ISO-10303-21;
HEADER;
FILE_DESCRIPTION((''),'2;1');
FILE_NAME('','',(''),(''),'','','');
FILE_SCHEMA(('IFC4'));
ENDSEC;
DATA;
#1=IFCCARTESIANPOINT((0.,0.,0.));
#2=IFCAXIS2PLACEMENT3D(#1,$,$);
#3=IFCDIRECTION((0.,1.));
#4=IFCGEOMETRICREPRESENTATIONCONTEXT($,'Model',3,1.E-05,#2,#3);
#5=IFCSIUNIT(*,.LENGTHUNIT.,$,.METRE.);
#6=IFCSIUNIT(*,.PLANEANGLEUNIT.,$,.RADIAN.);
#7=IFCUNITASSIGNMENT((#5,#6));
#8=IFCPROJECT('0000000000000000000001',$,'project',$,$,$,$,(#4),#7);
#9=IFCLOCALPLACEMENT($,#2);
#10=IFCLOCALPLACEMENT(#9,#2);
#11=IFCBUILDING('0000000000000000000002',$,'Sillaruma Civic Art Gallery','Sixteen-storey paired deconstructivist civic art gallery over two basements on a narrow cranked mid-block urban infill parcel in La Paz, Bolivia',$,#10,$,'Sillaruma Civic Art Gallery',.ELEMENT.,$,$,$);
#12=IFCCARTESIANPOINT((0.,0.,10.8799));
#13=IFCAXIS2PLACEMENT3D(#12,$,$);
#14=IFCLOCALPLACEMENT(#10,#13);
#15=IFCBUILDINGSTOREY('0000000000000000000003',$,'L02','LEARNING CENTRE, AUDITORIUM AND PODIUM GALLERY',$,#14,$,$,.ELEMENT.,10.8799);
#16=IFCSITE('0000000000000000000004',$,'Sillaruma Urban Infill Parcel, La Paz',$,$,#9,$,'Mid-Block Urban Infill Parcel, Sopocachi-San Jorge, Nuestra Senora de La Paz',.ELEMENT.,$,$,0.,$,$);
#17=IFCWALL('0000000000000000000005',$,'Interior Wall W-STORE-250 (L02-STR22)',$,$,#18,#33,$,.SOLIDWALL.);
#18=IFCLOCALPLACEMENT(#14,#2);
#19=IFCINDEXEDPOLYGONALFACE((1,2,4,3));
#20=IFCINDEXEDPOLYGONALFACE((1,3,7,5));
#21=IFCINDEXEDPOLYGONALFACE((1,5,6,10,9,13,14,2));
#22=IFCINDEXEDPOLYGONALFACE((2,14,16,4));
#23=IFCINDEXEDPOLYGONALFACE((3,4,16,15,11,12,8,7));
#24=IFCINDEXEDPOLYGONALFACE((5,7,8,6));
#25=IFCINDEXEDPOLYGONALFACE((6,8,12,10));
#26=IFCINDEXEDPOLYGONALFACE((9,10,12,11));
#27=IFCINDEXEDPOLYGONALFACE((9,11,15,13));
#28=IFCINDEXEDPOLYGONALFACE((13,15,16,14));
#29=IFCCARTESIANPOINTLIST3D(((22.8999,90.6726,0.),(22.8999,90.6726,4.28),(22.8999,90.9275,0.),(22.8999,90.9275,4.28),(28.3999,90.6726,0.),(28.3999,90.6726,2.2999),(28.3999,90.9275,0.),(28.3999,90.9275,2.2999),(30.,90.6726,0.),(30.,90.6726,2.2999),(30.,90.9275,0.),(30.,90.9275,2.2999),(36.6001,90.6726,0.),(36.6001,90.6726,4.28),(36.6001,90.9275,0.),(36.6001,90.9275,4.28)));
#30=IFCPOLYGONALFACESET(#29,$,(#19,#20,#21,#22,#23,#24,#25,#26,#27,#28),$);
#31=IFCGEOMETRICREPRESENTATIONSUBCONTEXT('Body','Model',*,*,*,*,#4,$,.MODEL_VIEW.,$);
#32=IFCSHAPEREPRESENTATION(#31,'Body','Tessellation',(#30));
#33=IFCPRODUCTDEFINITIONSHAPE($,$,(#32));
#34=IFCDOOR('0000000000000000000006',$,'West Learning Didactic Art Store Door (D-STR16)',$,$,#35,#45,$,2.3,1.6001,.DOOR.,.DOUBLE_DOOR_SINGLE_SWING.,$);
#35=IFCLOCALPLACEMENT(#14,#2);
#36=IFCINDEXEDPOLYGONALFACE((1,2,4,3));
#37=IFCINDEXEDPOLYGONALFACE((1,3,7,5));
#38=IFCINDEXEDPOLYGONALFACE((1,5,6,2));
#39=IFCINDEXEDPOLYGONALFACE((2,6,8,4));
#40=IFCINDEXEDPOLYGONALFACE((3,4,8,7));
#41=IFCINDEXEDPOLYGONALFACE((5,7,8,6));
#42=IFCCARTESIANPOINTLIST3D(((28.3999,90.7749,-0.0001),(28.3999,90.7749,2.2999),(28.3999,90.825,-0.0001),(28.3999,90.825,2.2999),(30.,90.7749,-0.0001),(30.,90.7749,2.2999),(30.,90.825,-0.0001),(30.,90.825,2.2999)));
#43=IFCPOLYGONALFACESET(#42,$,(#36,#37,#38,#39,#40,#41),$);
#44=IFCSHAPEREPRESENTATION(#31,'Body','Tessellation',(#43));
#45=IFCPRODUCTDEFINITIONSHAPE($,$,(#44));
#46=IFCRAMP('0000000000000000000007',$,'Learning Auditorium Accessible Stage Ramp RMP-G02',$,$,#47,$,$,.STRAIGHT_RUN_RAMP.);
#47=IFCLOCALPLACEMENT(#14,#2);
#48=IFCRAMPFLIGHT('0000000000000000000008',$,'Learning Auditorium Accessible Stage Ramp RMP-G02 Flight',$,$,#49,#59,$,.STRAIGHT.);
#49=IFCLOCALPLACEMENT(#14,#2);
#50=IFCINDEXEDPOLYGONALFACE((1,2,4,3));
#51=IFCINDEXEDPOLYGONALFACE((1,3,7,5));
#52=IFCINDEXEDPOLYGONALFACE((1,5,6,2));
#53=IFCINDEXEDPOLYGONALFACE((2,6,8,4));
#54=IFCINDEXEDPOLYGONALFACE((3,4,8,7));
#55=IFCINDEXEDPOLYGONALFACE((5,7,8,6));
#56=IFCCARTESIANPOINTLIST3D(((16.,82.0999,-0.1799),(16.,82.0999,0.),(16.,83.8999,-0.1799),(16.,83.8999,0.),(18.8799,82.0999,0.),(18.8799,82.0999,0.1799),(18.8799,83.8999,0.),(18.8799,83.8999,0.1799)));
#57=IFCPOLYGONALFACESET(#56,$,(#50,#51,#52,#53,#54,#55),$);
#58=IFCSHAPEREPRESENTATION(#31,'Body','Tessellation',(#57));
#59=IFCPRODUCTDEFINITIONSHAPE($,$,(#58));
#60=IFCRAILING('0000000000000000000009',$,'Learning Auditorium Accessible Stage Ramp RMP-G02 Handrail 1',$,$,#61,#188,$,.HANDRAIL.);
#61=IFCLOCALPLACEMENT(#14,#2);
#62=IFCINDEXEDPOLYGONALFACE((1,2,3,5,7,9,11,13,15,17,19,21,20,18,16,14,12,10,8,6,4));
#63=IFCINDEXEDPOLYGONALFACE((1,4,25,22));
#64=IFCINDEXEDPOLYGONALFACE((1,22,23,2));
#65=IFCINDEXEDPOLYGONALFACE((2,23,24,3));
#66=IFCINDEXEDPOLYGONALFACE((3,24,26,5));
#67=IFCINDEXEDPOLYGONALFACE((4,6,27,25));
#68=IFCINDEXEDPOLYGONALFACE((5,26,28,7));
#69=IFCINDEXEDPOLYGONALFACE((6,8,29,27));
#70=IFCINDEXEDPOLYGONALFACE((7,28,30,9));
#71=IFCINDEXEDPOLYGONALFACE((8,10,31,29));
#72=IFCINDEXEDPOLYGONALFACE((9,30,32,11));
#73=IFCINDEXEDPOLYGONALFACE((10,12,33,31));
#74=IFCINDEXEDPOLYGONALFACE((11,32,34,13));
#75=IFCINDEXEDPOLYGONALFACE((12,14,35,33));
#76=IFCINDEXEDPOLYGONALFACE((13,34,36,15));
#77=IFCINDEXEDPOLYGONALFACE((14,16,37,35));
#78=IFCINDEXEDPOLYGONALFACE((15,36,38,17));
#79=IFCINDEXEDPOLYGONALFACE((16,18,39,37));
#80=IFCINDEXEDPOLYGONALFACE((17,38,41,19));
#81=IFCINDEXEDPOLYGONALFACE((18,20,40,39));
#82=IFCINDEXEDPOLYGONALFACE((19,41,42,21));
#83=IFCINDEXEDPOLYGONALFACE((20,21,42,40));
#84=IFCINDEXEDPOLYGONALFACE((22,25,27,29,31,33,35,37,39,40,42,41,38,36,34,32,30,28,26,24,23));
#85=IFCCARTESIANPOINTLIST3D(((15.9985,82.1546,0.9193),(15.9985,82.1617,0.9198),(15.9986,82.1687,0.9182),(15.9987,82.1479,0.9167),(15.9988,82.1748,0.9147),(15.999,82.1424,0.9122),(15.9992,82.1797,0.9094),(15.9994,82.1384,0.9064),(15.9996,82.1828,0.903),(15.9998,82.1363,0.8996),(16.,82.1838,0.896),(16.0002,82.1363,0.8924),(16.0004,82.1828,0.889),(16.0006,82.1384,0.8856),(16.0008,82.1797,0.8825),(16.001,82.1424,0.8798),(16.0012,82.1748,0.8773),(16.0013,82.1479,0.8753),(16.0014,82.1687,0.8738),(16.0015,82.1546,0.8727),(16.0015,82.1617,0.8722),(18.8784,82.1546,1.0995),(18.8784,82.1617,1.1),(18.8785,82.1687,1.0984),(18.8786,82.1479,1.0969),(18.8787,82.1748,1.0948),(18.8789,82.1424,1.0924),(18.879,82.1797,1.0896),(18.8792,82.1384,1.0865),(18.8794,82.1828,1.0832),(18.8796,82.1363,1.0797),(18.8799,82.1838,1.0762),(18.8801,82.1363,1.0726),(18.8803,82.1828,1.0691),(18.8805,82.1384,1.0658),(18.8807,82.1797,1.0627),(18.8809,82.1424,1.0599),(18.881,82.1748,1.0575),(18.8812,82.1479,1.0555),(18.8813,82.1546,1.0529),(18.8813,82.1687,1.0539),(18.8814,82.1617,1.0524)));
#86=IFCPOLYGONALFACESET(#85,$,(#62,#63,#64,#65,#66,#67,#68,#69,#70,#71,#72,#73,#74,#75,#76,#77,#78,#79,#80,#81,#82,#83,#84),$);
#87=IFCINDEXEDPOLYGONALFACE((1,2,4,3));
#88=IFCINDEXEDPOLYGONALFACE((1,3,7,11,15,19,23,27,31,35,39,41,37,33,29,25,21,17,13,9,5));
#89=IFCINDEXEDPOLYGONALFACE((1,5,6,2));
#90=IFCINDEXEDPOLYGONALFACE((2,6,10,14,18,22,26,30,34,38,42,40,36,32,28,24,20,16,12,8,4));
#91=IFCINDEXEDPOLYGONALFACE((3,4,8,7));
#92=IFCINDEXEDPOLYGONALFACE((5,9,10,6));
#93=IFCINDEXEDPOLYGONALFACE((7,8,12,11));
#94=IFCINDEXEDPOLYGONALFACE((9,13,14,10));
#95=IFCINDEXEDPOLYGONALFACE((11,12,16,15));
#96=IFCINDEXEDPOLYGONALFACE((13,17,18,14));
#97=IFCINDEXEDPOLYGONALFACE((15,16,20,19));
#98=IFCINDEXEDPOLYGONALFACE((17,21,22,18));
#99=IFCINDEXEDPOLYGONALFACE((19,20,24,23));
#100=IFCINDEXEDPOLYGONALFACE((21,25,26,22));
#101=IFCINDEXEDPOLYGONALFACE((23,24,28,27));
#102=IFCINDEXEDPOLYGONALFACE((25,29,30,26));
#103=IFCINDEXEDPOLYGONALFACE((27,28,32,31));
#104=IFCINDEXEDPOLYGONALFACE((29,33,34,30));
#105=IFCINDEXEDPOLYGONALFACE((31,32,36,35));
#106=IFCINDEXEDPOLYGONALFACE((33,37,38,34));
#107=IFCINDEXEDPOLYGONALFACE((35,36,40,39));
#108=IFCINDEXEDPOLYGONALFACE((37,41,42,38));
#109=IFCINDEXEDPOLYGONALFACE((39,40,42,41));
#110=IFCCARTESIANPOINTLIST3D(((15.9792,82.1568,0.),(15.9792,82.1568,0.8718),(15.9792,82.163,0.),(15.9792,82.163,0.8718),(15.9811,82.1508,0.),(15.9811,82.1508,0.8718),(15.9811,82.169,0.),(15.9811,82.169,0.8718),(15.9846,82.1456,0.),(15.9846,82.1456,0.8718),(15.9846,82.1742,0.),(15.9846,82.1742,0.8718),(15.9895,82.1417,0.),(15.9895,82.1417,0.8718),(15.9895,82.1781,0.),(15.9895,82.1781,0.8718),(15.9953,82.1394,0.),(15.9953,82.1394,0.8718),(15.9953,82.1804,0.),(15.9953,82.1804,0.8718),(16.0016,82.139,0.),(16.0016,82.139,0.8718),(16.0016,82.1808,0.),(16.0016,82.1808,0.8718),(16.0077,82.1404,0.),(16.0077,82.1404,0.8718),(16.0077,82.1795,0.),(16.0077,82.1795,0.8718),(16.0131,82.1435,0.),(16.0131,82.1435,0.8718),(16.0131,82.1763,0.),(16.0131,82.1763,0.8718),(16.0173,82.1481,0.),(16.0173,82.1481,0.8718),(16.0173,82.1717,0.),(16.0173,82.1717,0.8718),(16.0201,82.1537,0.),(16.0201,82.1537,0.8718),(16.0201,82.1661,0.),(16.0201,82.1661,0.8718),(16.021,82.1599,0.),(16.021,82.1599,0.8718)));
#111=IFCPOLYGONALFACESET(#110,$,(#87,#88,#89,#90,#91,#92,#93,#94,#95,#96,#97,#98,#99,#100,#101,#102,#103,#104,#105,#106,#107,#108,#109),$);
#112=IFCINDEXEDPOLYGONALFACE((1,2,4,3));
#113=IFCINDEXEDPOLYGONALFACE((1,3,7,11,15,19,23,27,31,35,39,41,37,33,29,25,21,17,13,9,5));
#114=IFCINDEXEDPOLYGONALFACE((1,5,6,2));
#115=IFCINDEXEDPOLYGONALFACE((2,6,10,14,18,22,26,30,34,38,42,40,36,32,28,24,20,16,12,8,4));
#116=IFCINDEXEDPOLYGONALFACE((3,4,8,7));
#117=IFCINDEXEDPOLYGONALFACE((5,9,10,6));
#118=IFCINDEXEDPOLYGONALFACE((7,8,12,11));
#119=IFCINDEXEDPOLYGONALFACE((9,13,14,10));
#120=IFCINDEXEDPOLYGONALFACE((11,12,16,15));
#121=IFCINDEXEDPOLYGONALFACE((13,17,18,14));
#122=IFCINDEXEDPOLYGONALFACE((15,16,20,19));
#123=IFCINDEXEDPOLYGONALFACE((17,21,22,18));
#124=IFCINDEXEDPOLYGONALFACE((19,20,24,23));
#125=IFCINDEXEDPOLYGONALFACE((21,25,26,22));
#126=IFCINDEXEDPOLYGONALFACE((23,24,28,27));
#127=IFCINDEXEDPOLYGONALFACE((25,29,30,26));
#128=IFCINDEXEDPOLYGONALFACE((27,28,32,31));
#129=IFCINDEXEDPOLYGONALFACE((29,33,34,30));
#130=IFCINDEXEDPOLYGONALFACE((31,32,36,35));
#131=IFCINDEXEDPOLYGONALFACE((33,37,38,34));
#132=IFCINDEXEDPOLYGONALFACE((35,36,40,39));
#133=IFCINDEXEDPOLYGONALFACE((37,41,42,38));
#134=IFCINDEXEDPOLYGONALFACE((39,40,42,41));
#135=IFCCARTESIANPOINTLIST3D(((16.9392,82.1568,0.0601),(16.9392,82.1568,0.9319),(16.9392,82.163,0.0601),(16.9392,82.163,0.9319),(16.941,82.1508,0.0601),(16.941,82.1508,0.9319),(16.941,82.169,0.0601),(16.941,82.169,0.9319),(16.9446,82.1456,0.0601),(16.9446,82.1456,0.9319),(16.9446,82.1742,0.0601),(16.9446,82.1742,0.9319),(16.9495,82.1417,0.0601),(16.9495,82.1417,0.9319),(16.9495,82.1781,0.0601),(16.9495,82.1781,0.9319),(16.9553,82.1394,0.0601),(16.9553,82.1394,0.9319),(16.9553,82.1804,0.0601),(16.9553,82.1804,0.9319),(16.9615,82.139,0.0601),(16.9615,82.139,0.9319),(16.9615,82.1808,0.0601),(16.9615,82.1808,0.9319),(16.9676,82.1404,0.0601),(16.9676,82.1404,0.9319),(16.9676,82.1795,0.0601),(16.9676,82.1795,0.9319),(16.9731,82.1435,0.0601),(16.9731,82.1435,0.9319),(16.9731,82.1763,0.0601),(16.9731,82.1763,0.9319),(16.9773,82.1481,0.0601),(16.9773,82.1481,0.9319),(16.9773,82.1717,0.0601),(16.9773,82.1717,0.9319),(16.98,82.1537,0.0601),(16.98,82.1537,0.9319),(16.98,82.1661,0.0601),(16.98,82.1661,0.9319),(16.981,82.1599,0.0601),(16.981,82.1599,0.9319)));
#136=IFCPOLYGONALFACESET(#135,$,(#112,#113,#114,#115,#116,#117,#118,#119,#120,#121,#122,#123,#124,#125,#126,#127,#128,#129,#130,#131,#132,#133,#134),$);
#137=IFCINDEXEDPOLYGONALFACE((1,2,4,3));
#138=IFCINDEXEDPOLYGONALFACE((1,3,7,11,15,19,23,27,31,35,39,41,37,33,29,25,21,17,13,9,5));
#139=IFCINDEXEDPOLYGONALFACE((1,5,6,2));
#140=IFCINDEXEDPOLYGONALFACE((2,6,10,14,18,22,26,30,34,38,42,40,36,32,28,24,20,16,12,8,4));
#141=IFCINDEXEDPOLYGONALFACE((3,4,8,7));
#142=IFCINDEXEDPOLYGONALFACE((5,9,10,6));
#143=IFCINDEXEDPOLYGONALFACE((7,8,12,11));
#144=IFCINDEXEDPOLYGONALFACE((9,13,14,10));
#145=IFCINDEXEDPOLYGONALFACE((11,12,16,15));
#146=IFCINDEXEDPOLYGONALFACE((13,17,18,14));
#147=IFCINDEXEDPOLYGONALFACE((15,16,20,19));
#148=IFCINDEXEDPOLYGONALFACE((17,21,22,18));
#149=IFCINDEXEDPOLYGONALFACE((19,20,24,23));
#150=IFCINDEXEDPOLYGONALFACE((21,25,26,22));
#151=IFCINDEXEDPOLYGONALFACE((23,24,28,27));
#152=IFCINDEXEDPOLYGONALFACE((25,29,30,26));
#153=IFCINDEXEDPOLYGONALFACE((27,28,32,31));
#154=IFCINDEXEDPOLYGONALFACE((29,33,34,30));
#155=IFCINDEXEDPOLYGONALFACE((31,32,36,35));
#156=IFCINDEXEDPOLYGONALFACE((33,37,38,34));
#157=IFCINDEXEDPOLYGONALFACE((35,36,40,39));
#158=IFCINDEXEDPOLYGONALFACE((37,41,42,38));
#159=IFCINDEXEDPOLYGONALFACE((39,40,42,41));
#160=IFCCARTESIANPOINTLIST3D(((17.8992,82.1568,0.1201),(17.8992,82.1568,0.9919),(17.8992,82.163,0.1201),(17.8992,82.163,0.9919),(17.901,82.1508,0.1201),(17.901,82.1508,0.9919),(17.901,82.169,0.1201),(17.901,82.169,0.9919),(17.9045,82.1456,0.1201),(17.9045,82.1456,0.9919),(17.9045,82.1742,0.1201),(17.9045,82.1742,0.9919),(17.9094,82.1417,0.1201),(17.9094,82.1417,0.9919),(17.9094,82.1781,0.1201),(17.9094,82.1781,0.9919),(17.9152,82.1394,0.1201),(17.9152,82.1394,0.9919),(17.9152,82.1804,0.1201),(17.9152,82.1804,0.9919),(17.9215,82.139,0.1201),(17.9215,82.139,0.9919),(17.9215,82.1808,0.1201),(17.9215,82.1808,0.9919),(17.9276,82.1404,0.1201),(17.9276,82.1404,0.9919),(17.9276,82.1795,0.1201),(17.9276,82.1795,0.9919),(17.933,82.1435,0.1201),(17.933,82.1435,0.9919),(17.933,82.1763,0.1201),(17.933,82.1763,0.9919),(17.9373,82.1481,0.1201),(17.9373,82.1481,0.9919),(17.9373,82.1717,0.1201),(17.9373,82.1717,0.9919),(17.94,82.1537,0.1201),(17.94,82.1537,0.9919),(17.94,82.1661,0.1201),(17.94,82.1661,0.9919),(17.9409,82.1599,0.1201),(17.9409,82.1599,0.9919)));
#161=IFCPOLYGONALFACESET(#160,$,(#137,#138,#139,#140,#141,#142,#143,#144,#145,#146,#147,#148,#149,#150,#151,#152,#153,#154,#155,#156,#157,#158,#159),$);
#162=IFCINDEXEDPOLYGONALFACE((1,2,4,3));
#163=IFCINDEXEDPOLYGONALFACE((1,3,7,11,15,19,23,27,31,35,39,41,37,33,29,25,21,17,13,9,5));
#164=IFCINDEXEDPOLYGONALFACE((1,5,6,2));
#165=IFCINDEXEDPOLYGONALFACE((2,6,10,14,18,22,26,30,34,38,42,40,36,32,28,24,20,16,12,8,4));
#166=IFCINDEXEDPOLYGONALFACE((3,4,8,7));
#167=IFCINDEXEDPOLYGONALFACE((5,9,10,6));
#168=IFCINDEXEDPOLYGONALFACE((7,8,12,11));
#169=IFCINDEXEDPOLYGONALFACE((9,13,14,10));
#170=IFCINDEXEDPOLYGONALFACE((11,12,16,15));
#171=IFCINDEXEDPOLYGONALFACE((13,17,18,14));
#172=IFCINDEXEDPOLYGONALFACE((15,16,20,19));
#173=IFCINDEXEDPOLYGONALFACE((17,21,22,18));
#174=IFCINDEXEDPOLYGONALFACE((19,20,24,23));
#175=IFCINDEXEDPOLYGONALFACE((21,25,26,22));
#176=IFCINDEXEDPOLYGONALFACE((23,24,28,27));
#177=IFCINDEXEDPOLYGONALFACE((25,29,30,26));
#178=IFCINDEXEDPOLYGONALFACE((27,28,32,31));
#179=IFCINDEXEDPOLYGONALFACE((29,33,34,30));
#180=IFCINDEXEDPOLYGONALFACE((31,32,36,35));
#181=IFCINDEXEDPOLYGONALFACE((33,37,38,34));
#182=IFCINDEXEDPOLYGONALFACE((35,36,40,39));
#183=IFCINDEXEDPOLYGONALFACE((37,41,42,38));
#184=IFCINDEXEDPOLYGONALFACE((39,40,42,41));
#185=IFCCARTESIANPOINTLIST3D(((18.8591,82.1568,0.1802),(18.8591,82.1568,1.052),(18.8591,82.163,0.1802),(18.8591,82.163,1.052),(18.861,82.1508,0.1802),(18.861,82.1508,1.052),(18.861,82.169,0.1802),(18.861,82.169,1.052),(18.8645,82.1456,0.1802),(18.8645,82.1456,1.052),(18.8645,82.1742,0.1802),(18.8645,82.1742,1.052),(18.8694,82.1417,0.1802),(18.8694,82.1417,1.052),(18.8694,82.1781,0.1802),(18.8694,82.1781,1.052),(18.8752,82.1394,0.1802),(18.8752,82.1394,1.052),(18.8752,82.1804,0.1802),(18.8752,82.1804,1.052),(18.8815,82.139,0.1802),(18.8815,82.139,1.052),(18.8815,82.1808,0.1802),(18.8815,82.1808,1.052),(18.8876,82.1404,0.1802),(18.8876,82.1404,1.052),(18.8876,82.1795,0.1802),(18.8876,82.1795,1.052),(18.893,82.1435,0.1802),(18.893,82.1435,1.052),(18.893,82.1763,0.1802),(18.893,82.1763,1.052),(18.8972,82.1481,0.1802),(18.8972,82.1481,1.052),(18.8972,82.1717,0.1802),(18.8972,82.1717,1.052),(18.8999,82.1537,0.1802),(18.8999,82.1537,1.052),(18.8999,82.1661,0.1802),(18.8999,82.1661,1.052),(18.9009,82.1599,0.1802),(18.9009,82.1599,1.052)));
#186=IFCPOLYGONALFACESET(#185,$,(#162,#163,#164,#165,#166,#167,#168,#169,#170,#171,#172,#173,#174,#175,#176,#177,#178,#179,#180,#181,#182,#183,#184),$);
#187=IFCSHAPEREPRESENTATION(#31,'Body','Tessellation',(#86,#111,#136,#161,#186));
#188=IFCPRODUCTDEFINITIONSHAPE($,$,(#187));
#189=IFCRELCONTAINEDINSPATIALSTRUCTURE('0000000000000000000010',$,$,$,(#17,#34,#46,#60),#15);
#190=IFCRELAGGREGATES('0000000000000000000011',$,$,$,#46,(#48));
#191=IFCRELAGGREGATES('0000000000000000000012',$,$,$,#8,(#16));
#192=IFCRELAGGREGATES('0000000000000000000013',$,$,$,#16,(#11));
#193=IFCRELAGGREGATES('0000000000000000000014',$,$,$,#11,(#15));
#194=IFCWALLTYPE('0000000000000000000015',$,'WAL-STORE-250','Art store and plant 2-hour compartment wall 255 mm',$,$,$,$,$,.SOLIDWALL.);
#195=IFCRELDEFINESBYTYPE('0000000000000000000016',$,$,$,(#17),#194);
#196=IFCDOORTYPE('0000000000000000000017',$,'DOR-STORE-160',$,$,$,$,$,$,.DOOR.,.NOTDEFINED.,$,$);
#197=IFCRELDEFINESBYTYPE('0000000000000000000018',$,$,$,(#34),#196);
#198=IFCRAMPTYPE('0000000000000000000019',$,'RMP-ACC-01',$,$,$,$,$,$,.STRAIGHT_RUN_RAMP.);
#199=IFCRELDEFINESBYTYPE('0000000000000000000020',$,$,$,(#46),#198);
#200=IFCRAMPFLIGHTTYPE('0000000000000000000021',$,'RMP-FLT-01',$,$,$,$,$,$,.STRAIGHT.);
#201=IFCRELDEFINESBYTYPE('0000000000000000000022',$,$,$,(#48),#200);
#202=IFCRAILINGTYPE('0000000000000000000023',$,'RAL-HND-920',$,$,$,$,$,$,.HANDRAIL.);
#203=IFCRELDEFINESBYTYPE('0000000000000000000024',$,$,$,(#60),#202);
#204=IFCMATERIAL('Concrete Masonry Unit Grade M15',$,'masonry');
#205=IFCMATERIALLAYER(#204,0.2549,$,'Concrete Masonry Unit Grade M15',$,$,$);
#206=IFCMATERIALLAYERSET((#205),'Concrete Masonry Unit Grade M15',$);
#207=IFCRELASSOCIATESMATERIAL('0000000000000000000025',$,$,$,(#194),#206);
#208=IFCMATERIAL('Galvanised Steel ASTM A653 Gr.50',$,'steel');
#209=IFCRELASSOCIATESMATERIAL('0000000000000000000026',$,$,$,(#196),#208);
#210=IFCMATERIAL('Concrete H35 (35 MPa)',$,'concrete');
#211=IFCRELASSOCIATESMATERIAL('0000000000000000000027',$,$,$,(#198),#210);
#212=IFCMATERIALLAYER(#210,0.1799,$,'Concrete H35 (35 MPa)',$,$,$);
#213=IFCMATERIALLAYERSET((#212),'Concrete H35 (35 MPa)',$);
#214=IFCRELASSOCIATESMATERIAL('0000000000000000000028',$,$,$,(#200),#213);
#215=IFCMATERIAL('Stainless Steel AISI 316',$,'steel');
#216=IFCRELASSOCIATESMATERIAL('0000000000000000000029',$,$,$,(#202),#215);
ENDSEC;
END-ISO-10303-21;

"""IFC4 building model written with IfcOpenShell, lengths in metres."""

from ifc_helpers import new_model, si_unit, direction, frame, frame_2d, origin, origin_2d, place, context, subcontext, project, spatial, polyline, rectangle, circle, outline, extrude, material, layer, layer_set, type_object, element, fill, aggregate, save


model = new_model("IFC4")

# Units and contexts
model_context = context("Model", 3, precision=1e-05, world=origin(), true_north=direction((0.0, 1.0)))
body_context = subcontext(model_context, "Body", "Model", "MODEL_VIEW")
ifc_project = project(units=[si_unit("LENGTHUNIT", "METRE"), si_unit("PLANEANGLEUNIT", "RADIAN")], contexts=[model_context])

# Site, building, storey
site_placement = place(None, origin())
site = spatial("IfcSite", under=ifc_project, at=site_placement, Name="Sillaruma Urban Infill Parcel, La Paz", LongName="Mid-Block Urban Infill Parcel, Sopocachi-San Jorge, Nuestra Senora de La Paz", CompositionType="ELEMENT", RefElevation=0.0)
building_placement = place(site_placement, origin())
building = spatial("IfcBuilding", under=site, at=building_placement, Name="Sillaruma Civic Art Gallery", Description="Sixteen-storey paired deconstructivist civic art gallery over two basements on a narrow cranked mid-block urban infill parcel in La Paz, Bolivia", LongName="Sillaruma Civic Art Gallery", CompositionType="ELEMENT")
storey_placement = place(building_placement, frame((0.0, 0.0, 10.8799)))
storey = spatial("IfcBuildingStorey", under=building, at=storey_placement, Name="L02", Description="LEARNING CENTRE, AUDITORIUM AND PODIUM GALLERY", CompositionType="ELEMENT", Elevation=10.8799)

# Shared definitions
ifc_material_1 = material(Name="Concrete H35 (35 MPa)", Category="concrete")

# Wall, opening, door
ifc_material_2 = material(Name="Concrete Masonry Unit Grade M15", Category="masonry")
ifc_layer_1 = layer(ifc_material_2, 0.2549, Name="Concrete Masonry Unit Grade M15")
ifc_layer_set_1 = layer_set([ifc_layer_1], Name="Concrete Masonry Unit Grade M15")
wall_type_1 = type_object("IfcWallType", Name="WAL-STORE-250", Description="Art store and plant 2-hour compartment wall 255 mm", PredefinedType="SOLIDWALL", material=ifc_layer_set_1)
wall_1_placement = place(storey_placement, frame((22.8999, 90.8, 0.0), z_axis=(0.0, 0.0, 1.0), x_axis=(1.0, 0.0, 0.0)))
wall_1 = element("IfcWall", 1, at=wall_1_placement, inside=storey, type_object=wall_type_1, Name="Interior Wall W-STORE-250 (L02-STR22)", PredefinedType="SOLIDWALL", context=body_context, shape_type="SweptSolid", body=[
    extrude(rectangle(XDim=13.7002, YDim=0.2549, at=frame_2d((6.8501, 0.0))), origin(), (0.0, 0.0, 1.0), 4.28),
])
opening_1_placement = place(wall_1_placement, frame((5.5, 0.0, 0.0)))
opening_1 = element("IfcOpeningElement", 2, at=opening_1_placement, cuts=wall_1, PredefinedType="OPENING", context=body_context, shape_type="SweptSolid", body=[
    extrude(rectangle(XDim=1.6001, YDim=2.3, at=frame_2d((0.8, 1.1499))), frame((0.0, 0.1375, 0.0), z_axis=(0.0, -1.0, 0.0), x_axis=(1.0, 0.0, 0.0)), (0.0, 0.0, 1.0), 0.2749),
])
ifc_material_3 = material(Name="Galvanised Steel ASTM A653 Gr.50", Category="steel")
door_type_1 = type_object("IfcDoorType", Name="DOR-STORE-160", OperationType="NOTDEFINED", PredefinedType="DOOR", material=ifc_material_3)
door_1_placement = place(opening_1_placement, origin())
door_1 = element("IfcDoor", 3, at=door_1_placement, inside=storey, type_object=door_type_1, Name="West Learning Didactic Art Store Door (D-STR16)", OperationType="DOUBLE_DOOR_SINGLE_SWING", OverallHeight=2.3, OverallWidth=1.6001, PredefinedType="DOOR", context=body_context, shape_type="SweptSolid", body=[
    extrude(rectangle(XDim=1.6001, YDim=2.3, at=frame_2d((0.8, 1.1499))), frame((0.0, 0.0249, 0.0), z_axis=(0.0, -1.0, 0.0), x_axis=(1.0, 0.0, 0.0)), (0.0, 0.0, 1.0), 0.05),
])
fill(opening_1, door_1)

# Ramp, ramp flight
ramp_type = type_object("IfcRampType", Name="RMP-ACC-01", PredefinedType="STRAIGHT_RUN_RAMP", material=ifc_material_1)
ramp_placement = place(storey_placement, origin())
ramp = element("IfcRamp", 4, at=ramp_placement, inside=storey, type_object=ramp_type, Name="Learning Auditorium Accessible Stage Ramp RMP-G02", PredefinedType="STRAIGHT_RUN_RAMP")
ifc_layer_2 = layer(ifc_material_1, 0.1799, Name="Concrete H35 (35 MPa)")
ifc_layer_set_2 = layer_set([ifc_layer_2], Name="Concrete H35 (35 MPa)")
ramp_flight_type = type_object("IfcRampFlightType", Name="RMP-FLT-01", PredefinedType="STRAIGHT", material=ifc_layer_set_2)
ramp_flight_placement = place(storey_placement, frame((16.0, 83.0, 0.0), z_axis=(0.0, 0.0, 1.0), x_axis=(1.0, 0.0, 0.0)))
ramp_flight = element("IfcRampFlight", 5, at=ramp_flight_placement, type_object=ramp_flight_type, Name="Learning Auditorium Accessible Stage Ramp RMP-G02 Flight", PredefinedType="STRAIGHT", context=body_context, shape_type="SweptSolid", body=[
    extrude(outline(polyline([(0.0, 0.0), (2.8799, 0.1799), (2.8799, 0.0), (0.0, -0.1799), (0.0, 0.0)])), frame((0.0, 0.8999, 0.0), z_axis=(0.0, -1.0, 0.0), x_axis=(1.0, 0.0, 0.0)), (0.0, 0.0, 1.0), 1.8),
])
aggregate(ramp, [ramp_flight])

# Railing
ifc_material_4 = material(Name="Stainless Steel AISI 316", Category="steel")
railing_type = type_object("IfcRailingType", Name="RAL-HND-920", PredefinedType="HANDRAIL", material=ifc_material_4)
for number, where, name in (
    (6, (16.0, 82.1599, 0.0), "Learning Auditorium Accessible Stage Ramp RMP-G02 Handrail 1"),
):
    element("IfcRailing", number, at=place(storey_placement, frame(where)), inside=storey, type_object=railing_type, Name=name, PredefinedType="HANDRAIL", context=body_context, shape_type="SweptSolid", body=[
        extrude(circle(Radius=0.0239, at=origin_2d()), frame((0.0, 0.0, 0.896), z_axis=(0.998049, 0.0, 0.062441), x_axis=(0.0, 1.0, 0.0)), (0.0, 0.0, 1.0), 2.8855),
        extrude(circle(Radius=0.021, at=origin_2d()), origin(), (0.0, 0.0, 1.0), 0.8718),
        extrude(circle(Radius=0.021, at=origin_2d()), frame((0.96, 0.0, 0.0601)), (0.0, 0.0, 1.0), 0.8718),
        extrude(circle(Radius=0.021, at=origin_2d()), frame((1.9199, 0.0, 0.1201)), (0.0, 0.0, 1.0), 0.8718),
        extrude(circle(Radius=0.021, at=origin_2d()), frame((2.8799, 0.0, 0.1802)), (0.0, 0.0, 1.0), 0.8718),
    ])

save(model, "model.ifc")
